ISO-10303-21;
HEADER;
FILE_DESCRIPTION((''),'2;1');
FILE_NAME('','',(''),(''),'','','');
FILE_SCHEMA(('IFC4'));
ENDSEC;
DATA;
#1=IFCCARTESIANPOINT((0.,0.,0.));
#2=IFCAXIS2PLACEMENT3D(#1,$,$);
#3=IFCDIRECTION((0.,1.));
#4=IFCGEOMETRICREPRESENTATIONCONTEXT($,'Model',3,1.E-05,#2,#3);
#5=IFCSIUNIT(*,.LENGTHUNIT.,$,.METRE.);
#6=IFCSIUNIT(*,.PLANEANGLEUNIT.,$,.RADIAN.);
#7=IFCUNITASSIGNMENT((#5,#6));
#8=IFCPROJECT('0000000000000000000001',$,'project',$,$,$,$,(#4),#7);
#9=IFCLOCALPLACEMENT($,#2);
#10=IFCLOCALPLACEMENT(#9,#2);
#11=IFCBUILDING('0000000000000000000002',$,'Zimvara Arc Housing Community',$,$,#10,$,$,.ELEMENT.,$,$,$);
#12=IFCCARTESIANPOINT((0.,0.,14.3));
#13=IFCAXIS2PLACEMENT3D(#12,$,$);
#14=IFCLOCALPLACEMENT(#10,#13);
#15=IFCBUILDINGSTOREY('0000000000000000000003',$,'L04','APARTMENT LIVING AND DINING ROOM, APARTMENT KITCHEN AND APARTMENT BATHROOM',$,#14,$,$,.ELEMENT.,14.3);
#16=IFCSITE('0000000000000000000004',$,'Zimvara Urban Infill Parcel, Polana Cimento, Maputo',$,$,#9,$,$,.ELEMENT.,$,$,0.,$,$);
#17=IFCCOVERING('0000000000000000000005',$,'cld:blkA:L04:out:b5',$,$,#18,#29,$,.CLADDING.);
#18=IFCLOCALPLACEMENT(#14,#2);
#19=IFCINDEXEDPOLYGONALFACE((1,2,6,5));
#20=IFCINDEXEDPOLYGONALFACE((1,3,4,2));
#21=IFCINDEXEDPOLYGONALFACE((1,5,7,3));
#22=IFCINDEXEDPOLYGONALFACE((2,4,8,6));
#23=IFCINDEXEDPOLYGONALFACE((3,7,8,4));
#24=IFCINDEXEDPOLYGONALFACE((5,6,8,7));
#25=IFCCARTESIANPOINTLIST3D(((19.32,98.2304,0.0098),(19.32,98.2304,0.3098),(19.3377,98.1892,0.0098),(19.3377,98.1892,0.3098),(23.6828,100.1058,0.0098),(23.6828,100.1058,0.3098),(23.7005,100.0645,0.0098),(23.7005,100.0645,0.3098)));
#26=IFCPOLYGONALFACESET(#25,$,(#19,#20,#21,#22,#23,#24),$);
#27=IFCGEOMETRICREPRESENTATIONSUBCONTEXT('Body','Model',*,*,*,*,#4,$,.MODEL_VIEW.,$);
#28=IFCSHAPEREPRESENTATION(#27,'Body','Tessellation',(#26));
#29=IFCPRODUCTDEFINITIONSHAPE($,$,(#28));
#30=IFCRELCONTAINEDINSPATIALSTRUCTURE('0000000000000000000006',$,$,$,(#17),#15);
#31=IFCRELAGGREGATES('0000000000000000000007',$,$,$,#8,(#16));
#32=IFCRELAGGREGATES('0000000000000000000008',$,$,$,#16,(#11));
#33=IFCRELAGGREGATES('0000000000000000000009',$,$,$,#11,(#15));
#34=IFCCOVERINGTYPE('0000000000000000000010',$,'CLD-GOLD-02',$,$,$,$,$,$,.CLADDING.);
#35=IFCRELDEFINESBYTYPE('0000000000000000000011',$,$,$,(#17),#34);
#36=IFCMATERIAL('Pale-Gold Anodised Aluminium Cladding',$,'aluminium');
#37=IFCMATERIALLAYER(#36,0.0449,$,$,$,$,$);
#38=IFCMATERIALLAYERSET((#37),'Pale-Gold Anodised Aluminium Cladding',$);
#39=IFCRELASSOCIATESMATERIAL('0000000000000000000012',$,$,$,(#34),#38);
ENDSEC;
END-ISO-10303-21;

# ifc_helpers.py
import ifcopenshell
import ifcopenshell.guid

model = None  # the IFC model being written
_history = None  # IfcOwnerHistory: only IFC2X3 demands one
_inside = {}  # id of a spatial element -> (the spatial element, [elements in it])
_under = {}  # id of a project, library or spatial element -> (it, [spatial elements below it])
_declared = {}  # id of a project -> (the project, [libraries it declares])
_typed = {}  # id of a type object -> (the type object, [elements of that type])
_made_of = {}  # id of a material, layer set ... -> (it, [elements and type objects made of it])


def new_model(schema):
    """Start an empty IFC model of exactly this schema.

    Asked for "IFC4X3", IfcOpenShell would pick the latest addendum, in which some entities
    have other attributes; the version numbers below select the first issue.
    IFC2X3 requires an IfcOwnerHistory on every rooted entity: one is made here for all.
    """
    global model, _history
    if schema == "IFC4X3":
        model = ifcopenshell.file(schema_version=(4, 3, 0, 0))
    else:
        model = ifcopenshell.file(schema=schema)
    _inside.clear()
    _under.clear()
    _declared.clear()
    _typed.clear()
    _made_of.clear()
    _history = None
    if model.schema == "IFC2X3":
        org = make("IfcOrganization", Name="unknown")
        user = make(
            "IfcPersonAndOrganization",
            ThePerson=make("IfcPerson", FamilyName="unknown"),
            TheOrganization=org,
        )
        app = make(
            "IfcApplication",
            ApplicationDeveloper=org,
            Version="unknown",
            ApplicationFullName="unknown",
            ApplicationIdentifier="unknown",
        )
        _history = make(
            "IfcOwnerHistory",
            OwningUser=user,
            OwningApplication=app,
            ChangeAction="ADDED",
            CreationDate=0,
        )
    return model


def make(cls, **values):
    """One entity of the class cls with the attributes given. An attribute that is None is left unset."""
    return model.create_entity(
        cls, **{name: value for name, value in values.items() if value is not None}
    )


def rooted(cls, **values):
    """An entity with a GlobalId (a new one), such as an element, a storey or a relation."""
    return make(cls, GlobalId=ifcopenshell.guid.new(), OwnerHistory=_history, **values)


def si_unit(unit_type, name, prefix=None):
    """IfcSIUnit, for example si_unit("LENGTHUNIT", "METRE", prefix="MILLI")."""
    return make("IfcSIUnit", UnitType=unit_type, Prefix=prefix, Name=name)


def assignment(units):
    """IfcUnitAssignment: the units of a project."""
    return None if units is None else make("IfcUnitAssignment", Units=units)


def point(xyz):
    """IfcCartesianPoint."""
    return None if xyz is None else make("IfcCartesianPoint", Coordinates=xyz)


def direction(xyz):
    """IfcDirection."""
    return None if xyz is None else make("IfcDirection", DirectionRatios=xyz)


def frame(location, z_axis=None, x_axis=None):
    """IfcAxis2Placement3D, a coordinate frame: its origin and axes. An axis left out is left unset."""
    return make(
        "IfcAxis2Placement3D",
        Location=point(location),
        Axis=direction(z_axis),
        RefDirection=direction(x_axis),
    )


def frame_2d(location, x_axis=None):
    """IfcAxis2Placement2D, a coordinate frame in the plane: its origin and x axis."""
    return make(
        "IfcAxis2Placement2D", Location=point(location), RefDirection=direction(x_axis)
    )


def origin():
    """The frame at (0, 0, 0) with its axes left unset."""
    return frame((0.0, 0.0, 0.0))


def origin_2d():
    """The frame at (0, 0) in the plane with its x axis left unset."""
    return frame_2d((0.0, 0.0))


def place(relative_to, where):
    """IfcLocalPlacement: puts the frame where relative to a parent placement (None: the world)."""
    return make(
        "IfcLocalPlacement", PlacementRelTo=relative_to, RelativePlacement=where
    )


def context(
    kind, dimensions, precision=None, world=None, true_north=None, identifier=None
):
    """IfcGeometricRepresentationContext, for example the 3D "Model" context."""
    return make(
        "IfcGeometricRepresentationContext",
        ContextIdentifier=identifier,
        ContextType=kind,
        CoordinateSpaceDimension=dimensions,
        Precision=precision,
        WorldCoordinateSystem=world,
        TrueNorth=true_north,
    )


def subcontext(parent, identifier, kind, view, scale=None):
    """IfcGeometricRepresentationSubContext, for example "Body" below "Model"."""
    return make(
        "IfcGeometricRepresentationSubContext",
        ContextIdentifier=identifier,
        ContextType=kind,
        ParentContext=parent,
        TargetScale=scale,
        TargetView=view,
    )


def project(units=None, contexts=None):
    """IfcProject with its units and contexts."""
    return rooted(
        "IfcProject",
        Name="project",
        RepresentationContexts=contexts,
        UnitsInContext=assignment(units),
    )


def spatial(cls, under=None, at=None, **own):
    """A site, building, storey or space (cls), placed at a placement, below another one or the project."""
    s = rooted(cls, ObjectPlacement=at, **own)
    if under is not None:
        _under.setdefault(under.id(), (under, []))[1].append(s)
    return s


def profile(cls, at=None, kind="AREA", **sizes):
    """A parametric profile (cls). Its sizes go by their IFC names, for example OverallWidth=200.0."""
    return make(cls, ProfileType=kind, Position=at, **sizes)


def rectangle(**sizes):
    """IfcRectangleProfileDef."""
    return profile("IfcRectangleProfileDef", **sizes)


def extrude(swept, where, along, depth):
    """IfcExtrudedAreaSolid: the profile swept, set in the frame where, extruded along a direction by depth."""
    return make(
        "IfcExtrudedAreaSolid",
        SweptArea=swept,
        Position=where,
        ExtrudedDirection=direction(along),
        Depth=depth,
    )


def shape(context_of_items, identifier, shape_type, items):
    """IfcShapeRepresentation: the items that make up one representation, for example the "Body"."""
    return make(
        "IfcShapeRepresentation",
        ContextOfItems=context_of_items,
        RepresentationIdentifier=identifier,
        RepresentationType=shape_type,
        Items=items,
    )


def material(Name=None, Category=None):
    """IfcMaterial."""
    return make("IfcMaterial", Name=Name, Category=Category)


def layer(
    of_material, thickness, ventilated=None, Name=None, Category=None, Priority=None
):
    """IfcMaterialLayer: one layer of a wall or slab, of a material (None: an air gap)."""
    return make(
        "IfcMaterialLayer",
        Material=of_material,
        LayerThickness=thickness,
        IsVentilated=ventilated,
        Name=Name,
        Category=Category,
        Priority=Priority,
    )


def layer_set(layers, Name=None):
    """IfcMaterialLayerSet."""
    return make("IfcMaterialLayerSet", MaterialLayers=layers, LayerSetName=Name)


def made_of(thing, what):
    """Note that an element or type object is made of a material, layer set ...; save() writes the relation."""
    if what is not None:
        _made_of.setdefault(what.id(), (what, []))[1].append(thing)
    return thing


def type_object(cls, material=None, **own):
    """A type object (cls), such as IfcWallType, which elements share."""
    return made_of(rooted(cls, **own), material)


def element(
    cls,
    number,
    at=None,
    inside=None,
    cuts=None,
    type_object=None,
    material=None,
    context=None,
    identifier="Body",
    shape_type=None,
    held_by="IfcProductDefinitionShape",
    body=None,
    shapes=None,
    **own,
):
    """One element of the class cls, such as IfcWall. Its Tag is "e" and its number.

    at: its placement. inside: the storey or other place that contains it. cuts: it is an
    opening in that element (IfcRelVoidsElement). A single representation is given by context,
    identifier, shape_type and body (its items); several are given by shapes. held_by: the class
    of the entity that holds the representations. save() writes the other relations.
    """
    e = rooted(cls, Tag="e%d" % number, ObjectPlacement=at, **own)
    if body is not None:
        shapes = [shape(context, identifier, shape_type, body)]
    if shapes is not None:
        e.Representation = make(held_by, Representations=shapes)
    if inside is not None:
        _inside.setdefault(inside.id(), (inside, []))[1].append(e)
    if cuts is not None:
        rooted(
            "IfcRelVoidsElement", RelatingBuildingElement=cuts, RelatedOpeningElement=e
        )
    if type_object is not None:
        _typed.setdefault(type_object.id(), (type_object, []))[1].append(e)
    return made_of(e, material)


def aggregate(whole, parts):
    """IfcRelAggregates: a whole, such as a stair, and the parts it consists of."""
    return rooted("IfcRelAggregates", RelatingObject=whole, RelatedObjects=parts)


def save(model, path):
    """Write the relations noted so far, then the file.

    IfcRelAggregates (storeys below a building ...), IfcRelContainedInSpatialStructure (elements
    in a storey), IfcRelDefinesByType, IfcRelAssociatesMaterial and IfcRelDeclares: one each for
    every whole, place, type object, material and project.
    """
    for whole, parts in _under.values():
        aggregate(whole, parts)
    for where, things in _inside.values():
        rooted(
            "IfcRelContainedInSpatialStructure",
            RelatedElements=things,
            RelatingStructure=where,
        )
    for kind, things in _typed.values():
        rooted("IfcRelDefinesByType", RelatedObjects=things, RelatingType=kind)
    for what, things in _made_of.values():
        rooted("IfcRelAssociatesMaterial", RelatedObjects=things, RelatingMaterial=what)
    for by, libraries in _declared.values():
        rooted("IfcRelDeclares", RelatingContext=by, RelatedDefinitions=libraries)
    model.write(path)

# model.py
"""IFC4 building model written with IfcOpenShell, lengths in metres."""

from ifc_helpers import new_model, si_unit, direction, frame, origin, origin_2d, place, context, subcontext, project, spatial, rectangle, extrude, material, layer, layer_set, type_object, element, save


model = new_model("IFC4")

# Units and contexts
model_context = context("Model", 3, precision=1e-05, world=origin(), true_north=direction((0.0, 1.0)))
body_context = subcontext(model_context, "Body", "Model", "MODEL_VIEW")
ifc_project = project(units=[si_unit("LENGTHUNIT", "METRE"), si_unit("PLANEANGLEUNIT", "RADIAN")], contexts=[model_context])

# Site, building, storey
site_placement = place(None, origin())
site = spatial("IfcSite", under=ifc_project, at=site_placement, Name="Zimvara Urban Infill Parcel, Polana Cimento, Maputo", CompositionType="ELEMENT", RefElevation=0.0)
building_placement = place(site_placement, origin())
building = spatial("IfcBuilding", under=site, at=building_placement, Name="Zimvara Arc Housing Community", CompositionType="ELEMENT")
storey_placement = place(building_placement, frame((0.0, 0.0, 14.3)))
storey = spatial("IfcBuildingStorey", under=building, at=storey_placement, Name="L04", Description="APARTMENT LIVING AND DINING ROOM, APARTMENT KITCHEN AND APARTMENT BATHROOM", CompositionType="ELEMENT", Elevation=14.3)

# Covering
ifc_material_1 = material(Name="Pale-Gold Anodised Aluminium Cladding", Category="aluminium")
ifc_layer_1 = layer(ifc_material_1, 0.0449)
ifc_layer_set_1 = layer_set([ifc_layer_1], Name="Pale-Gold Anodised Aluminium Cladding")
covering_type = type_object("IfcCoveringType", Name="CLD-GOLD-02", PredefinedType="CLADDING", material=ifc_layer_set_1)
covering_placement = place(storey_placement, frame((21.5103, 99.1475, 0.0098), z_axis=(0.0, 0.0, 1.0), x_axis=(0.918722, 0.394906, 0.0)))
element("IfcCovering", 1, at=covering_placement, inside=storey, type_object=covering_type, Name="cld:blkA:L04:out:b5", PredefinedType="CLADDING", context=body_context, shape_type="SweptSolid", body=[
    extrude(rectangle(XDim=4.7488, YDim=0.0449, at=origin_2d()), origin(), (0.0, 0.0, 1.0), 0.3),
])

save(model, "model.ifc")
